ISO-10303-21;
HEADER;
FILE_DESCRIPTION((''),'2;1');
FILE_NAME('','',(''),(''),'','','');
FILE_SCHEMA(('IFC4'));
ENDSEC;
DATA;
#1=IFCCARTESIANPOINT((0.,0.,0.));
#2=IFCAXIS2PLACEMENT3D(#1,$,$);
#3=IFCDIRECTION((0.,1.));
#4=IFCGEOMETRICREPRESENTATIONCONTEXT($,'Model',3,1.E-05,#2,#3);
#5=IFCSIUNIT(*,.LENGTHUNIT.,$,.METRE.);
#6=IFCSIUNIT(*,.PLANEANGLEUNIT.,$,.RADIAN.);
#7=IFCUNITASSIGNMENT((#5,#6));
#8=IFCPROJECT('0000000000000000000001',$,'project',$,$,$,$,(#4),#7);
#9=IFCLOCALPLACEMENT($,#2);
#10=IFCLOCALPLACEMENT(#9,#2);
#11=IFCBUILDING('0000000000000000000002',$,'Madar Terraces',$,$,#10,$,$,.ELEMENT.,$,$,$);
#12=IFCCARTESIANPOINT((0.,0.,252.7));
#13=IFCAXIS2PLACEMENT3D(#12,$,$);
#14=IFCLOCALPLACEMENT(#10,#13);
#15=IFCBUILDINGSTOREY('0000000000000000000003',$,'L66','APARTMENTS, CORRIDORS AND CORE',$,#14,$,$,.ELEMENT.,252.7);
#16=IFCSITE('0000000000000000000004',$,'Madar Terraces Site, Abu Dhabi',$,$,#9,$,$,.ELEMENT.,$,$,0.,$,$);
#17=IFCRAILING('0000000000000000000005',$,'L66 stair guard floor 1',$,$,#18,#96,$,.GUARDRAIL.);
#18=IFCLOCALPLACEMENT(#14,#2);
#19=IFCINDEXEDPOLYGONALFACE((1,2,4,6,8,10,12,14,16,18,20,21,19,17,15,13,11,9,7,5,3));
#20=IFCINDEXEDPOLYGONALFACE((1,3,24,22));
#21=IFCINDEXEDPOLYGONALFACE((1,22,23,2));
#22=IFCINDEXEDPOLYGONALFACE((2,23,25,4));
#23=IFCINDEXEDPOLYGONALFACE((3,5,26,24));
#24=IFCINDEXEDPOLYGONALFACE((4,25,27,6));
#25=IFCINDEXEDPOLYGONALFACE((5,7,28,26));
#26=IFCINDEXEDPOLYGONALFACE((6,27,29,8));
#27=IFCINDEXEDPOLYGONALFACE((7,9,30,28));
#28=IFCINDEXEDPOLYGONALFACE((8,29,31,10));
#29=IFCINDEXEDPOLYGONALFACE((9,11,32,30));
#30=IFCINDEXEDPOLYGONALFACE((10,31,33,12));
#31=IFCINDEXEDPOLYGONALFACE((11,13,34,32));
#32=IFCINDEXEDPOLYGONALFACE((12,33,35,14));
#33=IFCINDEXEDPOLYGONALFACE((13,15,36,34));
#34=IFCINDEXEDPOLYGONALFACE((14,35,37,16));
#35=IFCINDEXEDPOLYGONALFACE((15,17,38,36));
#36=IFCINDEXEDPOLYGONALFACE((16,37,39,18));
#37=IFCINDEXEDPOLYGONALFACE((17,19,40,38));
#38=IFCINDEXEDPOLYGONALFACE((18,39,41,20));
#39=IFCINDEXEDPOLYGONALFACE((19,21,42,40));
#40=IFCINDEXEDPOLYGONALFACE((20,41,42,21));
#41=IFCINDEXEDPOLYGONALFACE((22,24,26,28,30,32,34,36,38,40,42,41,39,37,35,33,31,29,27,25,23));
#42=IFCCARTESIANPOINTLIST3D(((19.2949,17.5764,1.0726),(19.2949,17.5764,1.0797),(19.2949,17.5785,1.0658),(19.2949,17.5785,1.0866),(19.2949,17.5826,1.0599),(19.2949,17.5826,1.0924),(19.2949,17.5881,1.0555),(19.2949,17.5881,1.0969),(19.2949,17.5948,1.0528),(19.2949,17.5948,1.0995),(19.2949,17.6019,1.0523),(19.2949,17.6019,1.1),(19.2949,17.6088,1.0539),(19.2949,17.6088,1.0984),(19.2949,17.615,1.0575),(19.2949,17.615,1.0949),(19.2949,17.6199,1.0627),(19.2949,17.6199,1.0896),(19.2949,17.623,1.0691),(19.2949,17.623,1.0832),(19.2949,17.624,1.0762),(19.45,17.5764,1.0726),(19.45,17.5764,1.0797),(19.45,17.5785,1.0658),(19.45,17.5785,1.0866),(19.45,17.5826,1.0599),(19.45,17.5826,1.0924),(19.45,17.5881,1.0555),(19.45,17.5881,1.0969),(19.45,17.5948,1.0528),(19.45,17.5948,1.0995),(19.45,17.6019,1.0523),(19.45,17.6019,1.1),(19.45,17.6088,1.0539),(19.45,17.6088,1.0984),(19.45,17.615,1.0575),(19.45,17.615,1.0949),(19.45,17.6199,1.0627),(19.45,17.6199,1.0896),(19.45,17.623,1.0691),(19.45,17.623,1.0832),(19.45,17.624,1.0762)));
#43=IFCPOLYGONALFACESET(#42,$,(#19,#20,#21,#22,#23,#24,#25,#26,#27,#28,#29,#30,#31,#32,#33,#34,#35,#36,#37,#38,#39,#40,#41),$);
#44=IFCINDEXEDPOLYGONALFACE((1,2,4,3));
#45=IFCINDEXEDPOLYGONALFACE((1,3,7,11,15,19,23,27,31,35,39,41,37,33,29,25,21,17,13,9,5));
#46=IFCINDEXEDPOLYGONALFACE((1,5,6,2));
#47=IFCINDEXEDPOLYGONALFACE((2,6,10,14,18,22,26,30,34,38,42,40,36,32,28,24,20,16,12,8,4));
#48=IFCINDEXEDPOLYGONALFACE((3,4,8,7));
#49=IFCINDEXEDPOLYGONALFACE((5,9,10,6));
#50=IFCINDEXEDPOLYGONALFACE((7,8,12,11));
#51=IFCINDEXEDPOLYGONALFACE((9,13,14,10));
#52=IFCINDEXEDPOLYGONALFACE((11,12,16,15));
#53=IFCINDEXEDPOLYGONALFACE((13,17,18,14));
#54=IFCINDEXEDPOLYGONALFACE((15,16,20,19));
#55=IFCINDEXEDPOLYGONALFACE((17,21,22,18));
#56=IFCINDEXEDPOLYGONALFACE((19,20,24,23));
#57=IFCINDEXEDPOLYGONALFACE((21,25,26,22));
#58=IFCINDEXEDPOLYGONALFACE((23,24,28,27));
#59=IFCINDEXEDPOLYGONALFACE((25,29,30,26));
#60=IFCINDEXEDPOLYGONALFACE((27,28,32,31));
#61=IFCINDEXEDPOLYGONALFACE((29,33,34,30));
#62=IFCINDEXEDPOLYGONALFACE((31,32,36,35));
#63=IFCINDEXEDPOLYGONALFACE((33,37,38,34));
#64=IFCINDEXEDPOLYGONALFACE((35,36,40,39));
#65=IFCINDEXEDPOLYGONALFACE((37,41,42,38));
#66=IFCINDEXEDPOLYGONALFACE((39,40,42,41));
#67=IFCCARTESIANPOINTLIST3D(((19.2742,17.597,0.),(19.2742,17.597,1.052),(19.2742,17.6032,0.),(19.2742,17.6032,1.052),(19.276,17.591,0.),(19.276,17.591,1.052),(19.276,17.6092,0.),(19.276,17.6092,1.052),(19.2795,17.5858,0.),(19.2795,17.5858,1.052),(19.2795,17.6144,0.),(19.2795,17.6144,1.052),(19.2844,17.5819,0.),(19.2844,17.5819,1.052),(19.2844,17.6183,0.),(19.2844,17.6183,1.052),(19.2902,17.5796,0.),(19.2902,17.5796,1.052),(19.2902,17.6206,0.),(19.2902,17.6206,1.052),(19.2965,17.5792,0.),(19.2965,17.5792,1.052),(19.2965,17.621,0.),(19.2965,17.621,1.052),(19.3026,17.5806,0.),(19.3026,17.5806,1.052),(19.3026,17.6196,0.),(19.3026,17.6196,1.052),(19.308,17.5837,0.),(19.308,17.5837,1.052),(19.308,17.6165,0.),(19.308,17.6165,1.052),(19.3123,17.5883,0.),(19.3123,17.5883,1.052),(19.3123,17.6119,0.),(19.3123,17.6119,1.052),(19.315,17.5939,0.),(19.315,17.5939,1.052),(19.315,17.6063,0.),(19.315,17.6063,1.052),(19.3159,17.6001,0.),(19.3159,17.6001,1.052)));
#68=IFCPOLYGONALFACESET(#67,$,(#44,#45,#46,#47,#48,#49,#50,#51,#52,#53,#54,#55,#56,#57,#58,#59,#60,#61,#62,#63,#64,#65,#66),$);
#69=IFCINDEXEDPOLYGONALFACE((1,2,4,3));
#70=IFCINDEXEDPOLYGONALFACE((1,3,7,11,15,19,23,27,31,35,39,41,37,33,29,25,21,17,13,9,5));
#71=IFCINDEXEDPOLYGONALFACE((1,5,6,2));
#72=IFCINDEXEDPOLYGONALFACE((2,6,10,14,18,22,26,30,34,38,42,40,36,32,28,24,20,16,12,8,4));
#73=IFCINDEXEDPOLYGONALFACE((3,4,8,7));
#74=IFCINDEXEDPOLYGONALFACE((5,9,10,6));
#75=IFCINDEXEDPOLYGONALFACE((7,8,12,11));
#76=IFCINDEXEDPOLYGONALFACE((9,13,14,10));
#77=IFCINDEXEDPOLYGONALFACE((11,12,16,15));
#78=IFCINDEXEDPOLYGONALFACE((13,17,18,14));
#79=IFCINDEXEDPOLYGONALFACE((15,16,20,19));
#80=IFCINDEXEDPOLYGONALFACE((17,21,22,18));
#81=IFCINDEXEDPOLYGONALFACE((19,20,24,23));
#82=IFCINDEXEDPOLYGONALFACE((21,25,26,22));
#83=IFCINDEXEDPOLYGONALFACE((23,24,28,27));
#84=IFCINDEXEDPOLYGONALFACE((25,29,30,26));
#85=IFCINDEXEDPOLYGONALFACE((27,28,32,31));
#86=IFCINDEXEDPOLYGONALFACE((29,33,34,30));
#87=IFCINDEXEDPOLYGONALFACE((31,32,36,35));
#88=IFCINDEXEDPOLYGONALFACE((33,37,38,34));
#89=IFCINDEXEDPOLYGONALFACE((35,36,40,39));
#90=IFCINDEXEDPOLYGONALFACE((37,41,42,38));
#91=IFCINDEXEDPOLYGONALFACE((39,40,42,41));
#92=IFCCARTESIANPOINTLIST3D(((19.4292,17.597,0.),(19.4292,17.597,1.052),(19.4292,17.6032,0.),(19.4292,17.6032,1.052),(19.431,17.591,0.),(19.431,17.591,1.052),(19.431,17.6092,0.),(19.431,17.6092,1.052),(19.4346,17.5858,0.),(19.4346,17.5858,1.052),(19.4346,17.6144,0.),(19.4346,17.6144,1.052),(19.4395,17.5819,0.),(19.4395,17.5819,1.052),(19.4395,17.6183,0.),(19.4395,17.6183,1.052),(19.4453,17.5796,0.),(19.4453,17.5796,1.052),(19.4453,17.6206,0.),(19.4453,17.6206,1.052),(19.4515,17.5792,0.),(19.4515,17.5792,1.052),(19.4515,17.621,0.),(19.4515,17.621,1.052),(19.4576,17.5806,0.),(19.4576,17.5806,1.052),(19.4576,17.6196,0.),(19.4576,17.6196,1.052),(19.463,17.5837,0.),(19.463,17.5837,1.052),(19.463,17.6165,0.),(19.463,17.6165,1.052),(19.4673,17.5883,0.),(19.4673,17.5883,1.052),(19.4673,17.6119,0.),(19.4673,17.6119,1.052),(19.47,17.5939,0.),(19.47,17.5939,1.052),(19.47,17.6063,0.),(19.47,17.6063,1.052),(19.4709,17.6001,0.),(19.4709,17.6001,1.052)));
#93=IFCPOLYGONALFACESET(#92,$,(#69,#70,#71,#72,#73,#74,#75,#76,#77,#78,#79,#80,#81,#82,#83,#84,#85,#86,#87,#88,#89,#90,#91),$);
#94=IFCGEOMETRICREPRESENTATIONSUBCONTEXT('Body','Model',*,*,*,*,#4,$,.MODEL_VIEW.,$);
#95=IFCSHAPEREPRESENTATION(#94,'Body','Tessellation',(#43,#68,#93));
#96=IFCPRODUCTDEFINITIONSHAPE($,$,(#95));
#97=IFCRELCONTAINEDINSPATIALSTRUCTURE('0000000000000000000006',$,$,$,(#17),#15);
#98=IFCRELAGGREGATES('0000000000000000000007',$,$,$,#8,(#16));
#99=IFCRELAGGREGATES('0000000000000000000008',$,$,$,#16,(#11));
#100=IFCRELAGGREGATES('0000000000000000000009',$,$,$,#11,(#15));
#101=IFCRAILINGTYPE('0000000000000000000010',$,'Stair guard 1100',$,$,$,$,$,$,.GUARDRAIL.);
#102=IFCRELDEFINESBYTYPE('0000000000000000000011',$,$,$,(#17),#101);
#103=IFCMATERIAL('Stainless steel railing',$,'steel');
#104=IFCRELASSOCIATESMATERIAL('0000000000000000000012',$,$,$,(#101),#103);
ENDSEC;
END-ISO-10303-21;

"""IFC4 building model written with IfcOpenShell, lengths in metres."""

from ifc_helpers import new_model, si_unit, direction, frame, origin, origin_2d, place, context, subcontext, project, spatial, circle, extrude, material, type_object, element, save


model = new_model("IFC4")

# Units and contexts
model_context = context("Model", 3, precision=1e-05, world=origin(), true_north=direction((0.0, 1.0)))
body_context = subcontext(model_context, "Body", "Model", "MODEL_VIEW")
ifc_project = project(units=[si_unit("LENGTHUNIT", "METRE"), si_unit("PLANEANGLEUNIT", "RADIAN")], contexts=[model_context])

# Site, building, storey
site_placement = place(None, origin())
site = spatial("IfcSite", under=ifc_project, at=site_placement, Name="Madar Terraces Site, Abu Dhabi", CompositionType="ELEMENT", RefElevation=0.0)
building_placement = place(site_placement, origin())
building = spatial("IfcBuilding", under=site, at=building_placement, Name="Madar Terraces", CompositionType="ELEMENT")
storey_placement = place(building_placement, frame((0.0, 0.0, 252.7)))
storey = spatial("IfcBuildingStorey", under=building, at=storey_placement, Name="L66", Description="APARTMENTS, CORRIDORS AND CORE", CompositionType="ELEMENT", Elevation=252.7)

# Railing
ifc_material_1 = material(Name="Stainless steel railing", Category="steel")
railing_type_1 = type_object("IfcRailingType", Name="Stair guard 1100", PredefinedType="GUARDRAIL", material=ifc_material_1)
for number, where, name in (
    (1, (19.2949, 17.6001, 0.0), "L66 stair guard floor 1"),
):
    element("IfcRailing", number, at=place(storey_placement, frame(where)), inside=storey, type_object=railing_type_1, Name=name, PredefinedType="GUARDRAIL", context=body_context, shape_type="SweptSolid", body=[
        extrude(circle(Radius=0.0239, at=origin_2d()), frame((0.0, 0.0, 1.0762), z_axis=(1.0, 0.0, 0.0), x_axis=(0.0, 1.0, 0.0)), (0.0, 0.0, 1.0), 0.155),
        extrude(circle(Radius=0.021, at=origin_2d()), origin(), (0.0, 0.0, 1.0), 1.052),
        extrude(circle(Radius=0.021, at=origin_2d()), frame((0.155, 0.0, 0.0)), (0.0, 0.0, 1.0), 1.052),
    ])

save(model, "model.ifc")
